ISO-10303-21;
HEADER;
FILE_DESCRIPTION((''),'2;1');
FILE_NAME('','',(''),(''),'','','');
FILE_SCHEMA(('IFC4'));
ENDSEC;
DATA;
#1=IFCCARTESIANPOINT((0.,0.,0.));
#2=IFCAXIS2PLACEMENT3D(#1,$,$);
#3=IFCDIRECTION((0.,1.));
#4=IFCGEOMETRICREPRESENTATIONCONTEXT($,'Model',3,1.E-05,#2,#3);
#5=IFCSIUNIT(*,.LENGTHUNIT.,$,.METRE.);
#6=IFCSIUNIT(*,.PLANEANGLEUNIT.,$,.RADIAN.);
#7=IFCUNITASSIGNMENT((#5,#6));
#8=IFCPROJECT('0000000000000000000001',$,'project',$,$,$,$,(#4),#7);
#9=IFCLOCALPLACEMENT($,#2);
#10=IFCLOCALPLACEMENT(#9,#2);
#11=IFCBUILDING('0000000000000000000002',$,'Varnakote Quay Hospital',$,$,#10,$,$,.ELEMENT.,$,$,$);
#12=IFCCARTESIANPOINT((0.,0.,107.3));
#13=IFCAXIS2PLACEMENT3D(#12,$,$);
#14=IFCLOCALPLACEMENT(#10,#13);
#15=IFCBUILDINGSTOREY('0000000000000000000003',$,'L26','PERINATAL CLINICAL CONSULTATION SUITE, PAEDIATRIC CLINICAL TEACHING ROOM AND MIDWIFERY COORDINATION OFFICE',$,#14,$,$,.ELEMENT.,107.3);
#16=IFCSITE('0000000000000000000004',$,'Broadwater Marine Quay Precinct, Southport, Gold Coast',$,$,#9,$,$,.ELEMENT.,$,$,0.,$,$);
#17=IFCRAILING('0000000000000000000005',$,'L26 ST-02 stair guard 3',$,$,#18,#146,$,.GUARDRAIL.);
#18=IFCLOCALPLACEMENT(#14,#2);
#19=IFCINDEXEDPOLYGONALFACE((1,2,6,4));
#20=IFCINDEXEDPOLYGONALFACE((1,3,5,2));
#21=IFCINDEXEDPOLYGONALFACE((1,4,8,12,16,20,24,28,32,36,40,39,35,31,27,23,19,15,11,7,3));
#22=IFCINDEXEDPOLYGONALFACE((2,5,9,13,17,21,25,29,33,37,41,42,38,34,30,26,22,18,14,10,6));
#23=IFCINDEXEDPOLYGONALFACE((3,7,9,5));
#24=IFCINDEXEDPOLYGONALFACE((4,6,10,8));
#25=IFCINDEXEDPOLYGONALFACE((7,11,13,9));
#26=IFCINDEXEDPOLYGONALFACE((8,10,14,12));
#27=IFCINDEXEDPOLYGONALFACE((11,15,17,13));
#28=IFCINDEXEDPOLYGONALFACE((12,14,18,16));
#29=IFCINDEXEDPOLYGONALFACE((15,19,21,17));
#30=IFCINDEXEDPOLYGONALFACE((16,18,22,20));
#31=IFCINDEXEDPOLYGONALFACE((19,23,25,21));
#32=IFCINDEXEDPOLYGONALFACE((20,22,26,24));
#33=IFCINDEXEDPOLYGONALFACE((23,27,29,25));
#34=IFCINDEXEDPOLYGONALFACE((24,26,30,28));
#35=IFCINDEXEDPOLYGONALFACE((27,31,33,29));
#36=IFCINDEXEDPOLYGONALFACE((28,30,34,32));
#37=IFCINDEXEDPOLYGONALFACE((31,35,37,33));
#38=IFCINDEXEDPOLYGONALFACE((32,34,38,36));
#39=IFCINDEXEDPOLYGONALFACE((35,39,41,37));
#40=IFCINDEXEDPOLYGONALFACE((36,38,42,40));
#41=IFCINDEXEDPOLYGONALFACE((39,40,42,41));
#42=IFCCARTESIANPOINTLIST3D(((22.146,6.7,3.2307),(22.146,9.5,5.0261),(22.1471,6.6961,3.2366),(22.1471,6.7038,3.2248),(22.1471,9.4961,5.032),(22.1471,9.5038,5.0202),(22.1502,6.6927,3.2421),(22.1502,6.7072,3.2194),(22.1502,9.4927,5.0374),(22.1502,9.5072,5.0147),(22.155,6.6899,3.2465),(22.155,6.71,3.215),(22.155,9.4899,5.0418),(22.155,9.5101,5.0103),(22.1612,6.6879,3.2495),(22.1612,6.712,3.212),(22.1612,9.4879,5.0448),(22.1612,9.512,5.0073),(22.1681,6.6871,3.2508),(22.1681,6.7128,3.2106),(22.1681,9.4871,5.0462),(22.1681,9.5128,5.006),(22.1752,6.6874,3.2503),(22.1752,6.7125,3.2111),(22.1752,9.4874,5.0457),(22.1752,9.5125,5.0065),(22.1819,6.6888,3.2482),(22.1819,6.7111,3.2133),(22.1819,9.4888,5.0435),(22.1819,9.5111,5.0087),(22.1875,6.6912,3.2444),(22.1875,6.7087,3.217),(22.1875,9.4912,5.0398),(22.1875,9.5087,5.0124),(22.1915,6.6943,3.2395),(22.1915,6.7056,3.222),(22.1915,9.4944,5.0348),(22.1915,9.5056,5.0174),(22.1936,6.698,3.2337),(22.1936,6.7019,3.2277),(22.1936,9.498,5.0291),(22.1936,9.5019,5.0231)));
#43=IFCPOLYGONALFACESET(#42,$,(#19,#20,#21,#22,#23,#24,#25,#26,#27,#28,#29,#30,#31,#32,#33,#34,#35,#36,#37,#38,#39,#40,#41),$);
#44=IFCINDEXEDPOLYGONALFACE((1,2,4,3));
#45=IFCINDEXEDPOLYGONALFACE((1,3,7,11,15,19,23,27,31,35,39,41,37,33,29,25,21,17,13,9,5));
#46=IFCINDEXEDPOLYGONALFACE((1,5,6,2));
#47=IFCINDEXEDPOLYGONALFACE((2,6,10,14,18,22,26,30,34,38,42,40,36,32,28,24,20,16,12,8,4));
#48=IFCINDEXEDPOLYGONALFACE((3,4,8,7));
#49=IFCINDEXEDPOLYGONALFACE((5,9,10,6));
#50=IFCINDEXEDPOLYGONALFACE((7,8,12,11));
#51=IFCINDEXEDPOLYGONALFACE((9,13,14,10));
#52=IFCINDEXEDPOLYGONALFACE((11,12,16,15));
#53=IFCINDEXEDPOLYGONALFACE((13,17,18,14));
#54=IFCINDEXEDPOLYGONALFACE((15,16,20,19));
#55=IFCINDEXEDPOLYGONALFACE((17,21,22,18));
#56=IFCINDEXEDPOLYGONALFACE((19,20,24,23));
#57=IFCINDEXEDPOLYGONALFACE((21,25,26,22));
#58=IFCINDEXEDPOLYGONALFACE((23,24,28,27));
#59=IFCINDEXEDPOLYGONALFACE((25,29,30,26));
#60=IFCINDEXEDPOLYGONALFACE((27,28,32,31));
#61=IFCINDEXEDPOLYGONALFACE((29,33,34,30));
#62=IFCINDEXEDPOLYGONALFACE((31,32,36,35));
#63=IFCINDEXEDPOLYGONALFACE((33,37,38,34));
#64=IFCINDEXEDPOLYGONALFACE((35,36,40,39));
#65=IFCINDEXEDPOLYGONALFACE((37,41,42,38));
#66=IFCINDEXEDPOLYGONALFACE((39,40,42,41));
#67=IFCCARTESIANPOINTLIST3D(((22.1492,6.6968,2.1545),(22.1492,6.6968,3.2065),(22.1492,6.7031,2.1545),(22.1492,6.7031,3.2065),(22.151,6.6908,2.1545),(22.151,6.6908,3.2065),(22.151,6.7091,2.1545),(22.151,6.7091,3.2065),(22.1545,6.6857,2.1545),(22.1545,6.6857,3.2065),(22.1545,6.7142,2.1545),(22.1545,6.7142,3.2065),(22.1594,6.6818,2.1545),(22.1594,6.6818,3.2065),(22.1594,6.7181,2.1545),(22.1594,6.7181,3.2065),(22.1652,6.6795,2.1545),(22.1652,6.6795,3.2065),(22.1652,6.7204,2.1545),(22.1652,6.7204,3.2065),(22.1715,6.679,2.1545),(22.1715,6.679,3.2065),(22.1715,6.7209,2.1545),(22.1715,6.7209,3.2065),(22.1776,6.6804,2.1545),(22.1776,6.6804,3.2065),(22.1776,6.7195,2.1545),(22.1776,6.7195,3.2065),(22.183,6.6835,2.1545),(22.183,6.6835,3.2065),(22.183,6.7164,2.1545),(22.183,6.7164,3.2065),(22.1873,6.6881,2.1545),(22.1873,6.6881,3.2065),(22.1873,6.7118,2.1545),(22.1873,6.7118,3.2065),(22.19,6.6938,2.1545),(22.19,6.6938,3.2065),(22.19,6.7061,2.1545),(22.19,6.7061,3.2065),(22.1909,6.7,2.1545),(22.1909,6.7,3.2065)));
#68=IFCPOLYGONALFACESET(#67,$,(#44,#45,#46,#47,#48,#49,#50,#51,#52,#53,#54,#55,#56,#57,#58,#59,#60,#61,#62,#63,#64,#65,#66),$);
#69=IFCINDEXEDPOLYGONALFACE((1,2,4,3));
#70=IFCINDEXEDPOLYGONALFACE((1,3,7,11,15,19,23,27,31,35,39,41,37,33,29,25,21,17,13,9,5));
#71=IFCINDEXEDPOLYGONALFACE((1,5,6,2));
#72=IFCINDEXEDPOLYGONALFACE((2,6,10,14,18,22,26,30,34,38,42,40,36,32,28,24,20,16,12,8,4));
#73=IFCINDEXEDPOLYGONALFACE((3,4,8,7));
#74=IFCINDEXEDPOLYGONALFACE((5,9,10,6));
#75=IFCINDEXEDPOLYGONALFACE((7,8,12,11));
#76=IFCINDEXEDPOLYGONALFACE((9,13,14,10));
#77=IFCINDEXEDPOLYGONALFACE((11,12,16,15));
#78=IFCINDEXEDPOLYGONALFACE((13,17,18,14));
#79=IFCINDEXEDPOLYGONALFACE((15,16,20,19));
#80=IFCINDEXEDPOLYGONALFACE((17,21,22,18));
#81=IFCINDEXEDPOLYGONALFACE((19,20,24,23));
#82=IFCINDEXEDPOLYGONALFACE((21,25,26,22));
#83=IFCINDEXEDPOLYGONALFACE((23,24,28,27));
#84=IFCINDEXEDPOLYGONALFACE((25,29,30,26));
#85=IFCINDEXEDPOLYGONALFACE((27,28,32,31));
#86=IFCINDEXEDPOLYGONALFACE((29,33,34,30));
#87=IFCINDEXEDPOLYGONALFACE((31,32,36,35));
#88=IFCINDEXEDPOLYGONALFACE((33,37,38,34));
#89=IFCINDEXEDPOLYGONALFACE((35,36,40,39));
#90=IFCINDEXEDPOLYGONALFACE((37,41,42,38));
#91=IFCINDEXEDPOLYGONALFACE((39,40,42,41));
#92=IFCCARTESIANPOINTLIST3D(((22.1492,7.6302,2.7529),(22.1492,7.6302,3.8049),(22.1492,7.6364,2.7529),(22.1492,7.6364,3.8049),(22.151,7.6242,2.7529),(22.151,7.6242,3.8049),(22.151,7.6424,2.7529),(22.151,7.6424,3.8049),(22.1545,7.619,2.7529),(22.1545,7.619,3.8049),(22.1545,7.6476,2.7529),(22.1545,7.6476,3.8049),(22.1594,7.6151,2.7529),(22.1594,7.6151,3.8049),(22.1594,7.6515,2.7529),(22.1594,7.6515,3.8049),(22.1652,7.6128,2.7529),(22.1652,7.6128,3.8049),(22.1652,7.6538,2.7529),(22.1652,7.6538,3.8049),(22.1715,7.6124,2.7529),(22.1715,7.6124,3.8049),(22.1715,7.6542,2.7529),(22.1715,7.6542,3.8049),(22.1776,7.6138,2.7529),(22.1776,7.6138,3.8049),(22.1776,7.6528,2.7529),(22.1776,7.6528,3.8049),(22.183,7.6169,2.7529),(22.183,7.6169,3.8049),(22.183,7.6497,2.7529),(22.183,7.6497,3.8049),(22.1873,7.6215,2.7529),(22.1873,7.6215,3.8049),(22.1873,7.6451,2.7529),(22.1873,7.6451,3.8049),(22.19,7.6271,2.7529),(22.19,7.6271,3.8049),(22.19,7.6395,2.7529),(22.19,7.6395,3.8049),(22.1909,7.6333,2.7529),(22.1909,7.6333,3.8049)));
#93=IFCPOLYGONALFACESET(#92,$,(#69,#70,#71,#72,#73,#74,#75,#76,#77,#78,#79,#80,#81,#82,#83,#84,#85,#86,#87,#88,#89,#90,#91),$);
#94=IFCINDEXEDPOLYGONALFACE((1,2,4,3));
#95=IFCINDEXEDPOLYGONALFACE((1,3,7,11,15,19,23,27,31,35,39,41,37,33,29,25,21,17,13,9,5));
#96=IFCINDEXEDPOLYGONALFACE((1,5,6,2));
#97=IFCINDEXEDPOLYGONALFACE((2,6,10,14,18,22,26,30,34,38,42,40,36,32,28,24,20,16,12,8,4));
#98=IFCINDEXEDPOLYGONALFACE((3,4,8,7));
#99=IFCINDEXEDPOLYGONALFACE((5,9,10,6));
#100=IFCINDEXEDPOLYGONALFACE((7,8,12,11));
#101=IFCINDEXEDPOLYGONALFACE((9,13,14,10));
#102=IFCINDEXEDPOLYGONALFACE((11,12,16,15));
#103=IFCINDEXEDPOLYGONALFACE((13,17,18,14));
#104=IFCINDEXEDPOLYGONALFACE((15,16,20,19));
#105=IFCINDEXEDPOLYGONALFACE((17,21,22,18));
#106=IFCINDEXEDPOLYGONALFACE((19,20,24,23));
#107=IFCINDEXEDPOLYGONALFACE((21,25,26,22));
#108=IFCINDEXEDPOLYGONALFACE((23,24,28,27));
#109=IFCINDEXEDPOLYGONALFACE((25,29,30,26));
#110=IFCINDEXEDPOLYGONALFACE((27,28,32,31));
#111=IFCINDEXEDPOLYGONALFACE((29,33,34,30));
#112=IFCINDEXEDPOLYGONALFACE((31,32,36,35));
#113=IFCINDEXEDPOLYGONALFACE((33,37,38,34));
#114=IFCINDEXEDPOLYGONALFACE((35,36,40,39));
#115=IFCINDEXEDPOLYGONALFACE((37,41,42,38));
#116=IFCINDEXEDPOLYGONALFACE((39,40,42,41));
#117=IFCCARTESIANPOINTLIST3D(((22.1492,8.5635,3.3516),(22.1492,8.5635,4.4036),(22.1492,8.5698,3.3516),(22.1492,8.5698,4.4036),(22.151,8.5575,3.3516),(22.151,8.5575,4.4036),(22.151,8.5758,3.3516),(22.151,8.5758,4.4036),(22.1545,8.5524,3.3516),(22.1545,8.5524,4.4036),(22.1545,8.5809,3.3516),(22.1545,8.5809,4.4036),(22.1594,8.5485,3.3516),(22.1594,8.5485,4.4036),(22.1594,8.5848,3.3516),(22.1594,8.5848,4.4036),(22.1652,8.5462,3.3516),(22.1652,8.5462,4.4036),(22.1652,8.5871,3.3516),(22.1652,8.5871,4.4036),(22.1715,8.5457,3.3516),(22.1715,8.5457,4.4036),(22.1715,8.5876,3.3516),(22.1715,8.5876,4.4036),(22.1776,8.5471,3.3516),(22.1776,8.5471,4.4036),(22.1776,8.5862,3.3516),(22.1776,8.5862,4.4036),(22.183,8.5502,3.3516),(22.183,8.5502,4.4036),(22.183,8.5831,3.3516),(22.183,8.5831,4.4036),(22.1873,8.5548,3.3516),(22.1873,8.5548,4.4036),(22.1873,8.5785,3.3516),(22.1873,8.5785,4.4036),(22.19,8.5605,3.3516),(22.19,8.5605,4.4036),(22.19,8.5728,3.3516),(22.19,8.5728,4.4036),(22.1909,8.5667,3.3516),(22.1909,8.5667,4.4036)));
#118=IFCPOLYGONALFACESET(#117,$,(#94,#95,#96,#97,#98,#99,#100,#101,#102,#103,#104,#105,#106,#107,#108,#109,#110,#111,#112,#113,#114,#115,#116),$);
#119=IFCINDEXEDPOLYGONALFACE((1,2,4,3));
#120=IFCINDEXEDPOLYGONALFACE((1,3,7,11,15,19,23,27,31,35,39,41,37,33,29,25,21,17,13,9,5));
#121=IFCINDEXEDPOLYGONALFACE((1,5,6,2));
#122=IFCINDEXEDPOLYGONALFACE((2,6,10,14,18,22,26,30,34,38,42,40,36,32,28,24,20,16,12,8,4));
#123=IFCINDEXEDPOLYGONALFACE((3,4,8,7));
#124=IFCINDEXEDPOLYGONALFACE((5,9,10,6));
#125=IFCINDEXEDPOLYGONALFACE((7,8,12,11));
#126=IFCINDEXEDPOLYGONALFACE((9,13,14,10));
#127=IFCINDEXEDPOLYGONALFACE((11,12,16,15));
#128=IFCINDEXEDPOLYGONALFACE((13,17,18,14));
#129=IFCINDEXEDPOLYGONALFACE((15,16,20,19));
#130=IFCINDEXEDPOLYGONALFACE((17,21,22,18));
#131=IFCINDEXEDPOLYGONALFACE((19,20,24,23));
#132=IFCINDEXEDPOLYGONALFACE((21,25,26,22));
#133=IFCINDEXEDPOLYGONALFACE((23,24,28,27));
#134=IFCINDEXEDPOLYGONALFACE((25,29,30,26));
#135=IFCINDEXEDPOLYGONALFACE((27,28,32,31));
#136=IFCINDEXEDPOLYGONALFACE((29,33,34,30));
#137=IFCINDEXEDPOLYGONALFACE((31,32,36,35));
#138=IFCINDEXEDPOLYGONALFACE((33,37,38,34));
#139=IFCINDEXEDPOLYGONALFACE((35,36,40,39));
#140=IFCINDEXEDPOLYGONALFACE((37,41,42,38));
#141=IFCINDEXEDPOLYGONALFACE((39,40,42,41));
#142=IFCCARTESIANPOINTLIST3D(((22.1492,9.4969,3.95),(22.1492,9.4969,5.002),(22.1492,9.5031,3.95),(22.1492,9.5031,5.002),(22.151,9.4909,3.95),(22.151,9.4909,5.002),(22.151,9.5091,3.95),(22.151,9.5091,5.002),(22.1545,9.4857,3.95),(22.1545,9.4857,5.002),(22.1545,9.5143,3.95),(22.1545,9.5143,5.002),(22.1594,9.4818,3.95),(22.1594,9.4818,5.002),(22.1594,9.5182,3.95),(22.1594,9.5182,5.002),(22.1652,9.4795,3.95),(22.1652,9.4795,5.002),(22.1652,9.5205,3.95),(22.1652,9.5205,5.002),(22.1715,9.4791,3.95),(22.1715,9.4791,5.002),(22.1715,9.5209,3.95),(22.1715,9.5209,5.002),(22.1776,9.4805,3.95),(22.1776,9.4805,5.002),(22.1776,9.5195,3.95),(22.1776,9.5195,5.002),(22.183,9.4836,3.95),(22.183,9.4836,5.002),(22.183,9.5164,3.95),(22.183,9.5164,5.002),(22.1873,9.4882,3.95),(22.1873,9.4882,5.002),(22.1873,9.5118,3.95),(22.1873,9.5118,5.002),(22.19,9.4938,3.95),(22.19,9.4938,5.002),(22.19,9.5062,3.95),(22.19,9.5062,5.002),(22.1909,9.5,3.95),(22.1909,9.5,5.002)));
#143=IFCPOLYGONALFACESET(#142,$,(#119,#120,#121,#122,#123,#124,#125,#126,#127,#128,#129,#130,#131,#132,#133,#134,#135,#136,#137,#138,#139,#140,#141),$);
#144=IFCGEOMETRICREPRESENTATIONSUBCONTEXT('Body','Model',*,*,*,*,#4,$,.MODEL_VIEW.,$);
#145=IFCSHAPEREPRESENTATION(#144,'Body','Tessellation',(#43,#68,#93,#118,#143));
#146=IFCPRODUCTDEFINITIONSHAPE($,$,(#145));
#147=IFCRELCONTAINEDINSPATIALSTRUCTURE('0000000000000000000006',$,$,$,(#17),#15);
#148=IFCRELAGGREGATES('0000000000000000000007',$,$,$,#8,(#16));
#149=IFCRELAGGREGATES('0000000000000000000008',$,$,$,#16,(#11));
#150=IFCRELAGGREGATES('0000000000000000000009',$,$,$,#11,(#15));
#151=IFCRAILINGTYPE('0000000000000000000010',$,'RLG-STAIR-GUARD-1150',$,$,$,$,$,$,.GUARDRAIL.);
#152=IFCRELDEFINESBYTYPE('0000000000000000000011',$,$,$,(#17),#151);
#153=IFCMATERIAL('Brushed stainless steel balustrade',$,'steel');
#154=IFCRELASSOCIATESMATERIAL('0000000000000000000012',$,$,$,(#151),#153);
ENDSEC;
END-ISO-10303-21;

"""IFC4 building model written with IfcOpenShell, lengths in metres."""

from ifc_helpers import new_model, si_unit, direction, frame, origin, origin_2d, place, context, subcontext, project, spatial, circle, extrude, material, type_object, element, save


model = new_model("IFC4")

# Units and contexts
model_context = context("Model", 3, precision=1e-05, world=origin(), true_north=direction((0.0, 1.0)))
body_context = subcontext(model_context, "Body", "Model", "MODEL_VIEW")
ifc_project = project(units=[si_unit("LENGTHUNIT", "METRE"), si_unit("PLANEANGLEUNIT", "RADIAN")], contexts=[model_context])

# Site, building, storey
site_placement = place(None, origin())
site = spatial("IfcSite", under=ifc_project, at=site_placement, Name="Broadwater Marine Quay Precinct, Southport, Gold Coast", CompositionType="ELEMENT", RefElevation=0.0)
building_placement = place(site_placement, origin())
building = spatial("IfcBuilding", under=site, at=building_placement, Name="Varnakote Quay Hospital", CompositionType="ELEMENT")
storey_placement = place(building_placement, frame((0.0, 0.0, 107.3)))
storey = spatial("IfcBuildingStorey", under=building, at=storey_placement, Name="L26", Description="PERINATAL CLINICAL CONSULTATION SUITE, PAEDIATRIC CLINICAL TEACHING ROOM AND MIDWIFERY COORDINATION OFFICE", CompositionType="ELEMENT", Elevation=107.3)

# Railing
ifc_material_1 = material(Name="Brushed stainless steel balustrade", Category="steel")
railing_type_1 = type_object("IfcRailingType", Name="RLG-STAIR-GUARD-1150", PredefinedType="GUARDRAIL", material=ifc_material_1)
railing_1_placement = place(storey_placement, frame((22.1699, 6.7, 2.1545)))
element("IfcRailing", 1, at=railing_1_placement, inside=storey, type_object=railing_type_1, Name="L26 ST-02 stair guard 3", PredefinedType="GUARDRAIL", context=body_context, shape_type="SweptSolid", body=[
    extrude(circle(Radius=0.0239, at=origin_2d()), frame((0.0, 0.0, 1.0762), z_axis=(0.0, 0.84181, 0.539774), x_axis=(-1.0, 0.0, 0.0)), (0.0, 0.0, 1.0), 3.3262),
    extrude(circle(Radius=0.021, at=origin_2d()), origin(), (0.0, 0.0, 1.0), 1.052),
    extrude(circle(Radius=0.021, at=origin_2d()), frame((0.0, 0.9333, 0.5984)), (0.0, 0.0, 1.0), 1.052),
    extrude(circle(Radius=0.021, at=origin_2d()), frame((0.0, 1.8667, 1.197)), (0.0, 0.0, 1.0), 1.052),
    extrude(circle(Radius=0.021, at=origin_2d()), frame((0.0, 2.8, 1.7954)), (0.0, 0.0, 1.0), 1.052),
])

save(model, "model.ifc")
